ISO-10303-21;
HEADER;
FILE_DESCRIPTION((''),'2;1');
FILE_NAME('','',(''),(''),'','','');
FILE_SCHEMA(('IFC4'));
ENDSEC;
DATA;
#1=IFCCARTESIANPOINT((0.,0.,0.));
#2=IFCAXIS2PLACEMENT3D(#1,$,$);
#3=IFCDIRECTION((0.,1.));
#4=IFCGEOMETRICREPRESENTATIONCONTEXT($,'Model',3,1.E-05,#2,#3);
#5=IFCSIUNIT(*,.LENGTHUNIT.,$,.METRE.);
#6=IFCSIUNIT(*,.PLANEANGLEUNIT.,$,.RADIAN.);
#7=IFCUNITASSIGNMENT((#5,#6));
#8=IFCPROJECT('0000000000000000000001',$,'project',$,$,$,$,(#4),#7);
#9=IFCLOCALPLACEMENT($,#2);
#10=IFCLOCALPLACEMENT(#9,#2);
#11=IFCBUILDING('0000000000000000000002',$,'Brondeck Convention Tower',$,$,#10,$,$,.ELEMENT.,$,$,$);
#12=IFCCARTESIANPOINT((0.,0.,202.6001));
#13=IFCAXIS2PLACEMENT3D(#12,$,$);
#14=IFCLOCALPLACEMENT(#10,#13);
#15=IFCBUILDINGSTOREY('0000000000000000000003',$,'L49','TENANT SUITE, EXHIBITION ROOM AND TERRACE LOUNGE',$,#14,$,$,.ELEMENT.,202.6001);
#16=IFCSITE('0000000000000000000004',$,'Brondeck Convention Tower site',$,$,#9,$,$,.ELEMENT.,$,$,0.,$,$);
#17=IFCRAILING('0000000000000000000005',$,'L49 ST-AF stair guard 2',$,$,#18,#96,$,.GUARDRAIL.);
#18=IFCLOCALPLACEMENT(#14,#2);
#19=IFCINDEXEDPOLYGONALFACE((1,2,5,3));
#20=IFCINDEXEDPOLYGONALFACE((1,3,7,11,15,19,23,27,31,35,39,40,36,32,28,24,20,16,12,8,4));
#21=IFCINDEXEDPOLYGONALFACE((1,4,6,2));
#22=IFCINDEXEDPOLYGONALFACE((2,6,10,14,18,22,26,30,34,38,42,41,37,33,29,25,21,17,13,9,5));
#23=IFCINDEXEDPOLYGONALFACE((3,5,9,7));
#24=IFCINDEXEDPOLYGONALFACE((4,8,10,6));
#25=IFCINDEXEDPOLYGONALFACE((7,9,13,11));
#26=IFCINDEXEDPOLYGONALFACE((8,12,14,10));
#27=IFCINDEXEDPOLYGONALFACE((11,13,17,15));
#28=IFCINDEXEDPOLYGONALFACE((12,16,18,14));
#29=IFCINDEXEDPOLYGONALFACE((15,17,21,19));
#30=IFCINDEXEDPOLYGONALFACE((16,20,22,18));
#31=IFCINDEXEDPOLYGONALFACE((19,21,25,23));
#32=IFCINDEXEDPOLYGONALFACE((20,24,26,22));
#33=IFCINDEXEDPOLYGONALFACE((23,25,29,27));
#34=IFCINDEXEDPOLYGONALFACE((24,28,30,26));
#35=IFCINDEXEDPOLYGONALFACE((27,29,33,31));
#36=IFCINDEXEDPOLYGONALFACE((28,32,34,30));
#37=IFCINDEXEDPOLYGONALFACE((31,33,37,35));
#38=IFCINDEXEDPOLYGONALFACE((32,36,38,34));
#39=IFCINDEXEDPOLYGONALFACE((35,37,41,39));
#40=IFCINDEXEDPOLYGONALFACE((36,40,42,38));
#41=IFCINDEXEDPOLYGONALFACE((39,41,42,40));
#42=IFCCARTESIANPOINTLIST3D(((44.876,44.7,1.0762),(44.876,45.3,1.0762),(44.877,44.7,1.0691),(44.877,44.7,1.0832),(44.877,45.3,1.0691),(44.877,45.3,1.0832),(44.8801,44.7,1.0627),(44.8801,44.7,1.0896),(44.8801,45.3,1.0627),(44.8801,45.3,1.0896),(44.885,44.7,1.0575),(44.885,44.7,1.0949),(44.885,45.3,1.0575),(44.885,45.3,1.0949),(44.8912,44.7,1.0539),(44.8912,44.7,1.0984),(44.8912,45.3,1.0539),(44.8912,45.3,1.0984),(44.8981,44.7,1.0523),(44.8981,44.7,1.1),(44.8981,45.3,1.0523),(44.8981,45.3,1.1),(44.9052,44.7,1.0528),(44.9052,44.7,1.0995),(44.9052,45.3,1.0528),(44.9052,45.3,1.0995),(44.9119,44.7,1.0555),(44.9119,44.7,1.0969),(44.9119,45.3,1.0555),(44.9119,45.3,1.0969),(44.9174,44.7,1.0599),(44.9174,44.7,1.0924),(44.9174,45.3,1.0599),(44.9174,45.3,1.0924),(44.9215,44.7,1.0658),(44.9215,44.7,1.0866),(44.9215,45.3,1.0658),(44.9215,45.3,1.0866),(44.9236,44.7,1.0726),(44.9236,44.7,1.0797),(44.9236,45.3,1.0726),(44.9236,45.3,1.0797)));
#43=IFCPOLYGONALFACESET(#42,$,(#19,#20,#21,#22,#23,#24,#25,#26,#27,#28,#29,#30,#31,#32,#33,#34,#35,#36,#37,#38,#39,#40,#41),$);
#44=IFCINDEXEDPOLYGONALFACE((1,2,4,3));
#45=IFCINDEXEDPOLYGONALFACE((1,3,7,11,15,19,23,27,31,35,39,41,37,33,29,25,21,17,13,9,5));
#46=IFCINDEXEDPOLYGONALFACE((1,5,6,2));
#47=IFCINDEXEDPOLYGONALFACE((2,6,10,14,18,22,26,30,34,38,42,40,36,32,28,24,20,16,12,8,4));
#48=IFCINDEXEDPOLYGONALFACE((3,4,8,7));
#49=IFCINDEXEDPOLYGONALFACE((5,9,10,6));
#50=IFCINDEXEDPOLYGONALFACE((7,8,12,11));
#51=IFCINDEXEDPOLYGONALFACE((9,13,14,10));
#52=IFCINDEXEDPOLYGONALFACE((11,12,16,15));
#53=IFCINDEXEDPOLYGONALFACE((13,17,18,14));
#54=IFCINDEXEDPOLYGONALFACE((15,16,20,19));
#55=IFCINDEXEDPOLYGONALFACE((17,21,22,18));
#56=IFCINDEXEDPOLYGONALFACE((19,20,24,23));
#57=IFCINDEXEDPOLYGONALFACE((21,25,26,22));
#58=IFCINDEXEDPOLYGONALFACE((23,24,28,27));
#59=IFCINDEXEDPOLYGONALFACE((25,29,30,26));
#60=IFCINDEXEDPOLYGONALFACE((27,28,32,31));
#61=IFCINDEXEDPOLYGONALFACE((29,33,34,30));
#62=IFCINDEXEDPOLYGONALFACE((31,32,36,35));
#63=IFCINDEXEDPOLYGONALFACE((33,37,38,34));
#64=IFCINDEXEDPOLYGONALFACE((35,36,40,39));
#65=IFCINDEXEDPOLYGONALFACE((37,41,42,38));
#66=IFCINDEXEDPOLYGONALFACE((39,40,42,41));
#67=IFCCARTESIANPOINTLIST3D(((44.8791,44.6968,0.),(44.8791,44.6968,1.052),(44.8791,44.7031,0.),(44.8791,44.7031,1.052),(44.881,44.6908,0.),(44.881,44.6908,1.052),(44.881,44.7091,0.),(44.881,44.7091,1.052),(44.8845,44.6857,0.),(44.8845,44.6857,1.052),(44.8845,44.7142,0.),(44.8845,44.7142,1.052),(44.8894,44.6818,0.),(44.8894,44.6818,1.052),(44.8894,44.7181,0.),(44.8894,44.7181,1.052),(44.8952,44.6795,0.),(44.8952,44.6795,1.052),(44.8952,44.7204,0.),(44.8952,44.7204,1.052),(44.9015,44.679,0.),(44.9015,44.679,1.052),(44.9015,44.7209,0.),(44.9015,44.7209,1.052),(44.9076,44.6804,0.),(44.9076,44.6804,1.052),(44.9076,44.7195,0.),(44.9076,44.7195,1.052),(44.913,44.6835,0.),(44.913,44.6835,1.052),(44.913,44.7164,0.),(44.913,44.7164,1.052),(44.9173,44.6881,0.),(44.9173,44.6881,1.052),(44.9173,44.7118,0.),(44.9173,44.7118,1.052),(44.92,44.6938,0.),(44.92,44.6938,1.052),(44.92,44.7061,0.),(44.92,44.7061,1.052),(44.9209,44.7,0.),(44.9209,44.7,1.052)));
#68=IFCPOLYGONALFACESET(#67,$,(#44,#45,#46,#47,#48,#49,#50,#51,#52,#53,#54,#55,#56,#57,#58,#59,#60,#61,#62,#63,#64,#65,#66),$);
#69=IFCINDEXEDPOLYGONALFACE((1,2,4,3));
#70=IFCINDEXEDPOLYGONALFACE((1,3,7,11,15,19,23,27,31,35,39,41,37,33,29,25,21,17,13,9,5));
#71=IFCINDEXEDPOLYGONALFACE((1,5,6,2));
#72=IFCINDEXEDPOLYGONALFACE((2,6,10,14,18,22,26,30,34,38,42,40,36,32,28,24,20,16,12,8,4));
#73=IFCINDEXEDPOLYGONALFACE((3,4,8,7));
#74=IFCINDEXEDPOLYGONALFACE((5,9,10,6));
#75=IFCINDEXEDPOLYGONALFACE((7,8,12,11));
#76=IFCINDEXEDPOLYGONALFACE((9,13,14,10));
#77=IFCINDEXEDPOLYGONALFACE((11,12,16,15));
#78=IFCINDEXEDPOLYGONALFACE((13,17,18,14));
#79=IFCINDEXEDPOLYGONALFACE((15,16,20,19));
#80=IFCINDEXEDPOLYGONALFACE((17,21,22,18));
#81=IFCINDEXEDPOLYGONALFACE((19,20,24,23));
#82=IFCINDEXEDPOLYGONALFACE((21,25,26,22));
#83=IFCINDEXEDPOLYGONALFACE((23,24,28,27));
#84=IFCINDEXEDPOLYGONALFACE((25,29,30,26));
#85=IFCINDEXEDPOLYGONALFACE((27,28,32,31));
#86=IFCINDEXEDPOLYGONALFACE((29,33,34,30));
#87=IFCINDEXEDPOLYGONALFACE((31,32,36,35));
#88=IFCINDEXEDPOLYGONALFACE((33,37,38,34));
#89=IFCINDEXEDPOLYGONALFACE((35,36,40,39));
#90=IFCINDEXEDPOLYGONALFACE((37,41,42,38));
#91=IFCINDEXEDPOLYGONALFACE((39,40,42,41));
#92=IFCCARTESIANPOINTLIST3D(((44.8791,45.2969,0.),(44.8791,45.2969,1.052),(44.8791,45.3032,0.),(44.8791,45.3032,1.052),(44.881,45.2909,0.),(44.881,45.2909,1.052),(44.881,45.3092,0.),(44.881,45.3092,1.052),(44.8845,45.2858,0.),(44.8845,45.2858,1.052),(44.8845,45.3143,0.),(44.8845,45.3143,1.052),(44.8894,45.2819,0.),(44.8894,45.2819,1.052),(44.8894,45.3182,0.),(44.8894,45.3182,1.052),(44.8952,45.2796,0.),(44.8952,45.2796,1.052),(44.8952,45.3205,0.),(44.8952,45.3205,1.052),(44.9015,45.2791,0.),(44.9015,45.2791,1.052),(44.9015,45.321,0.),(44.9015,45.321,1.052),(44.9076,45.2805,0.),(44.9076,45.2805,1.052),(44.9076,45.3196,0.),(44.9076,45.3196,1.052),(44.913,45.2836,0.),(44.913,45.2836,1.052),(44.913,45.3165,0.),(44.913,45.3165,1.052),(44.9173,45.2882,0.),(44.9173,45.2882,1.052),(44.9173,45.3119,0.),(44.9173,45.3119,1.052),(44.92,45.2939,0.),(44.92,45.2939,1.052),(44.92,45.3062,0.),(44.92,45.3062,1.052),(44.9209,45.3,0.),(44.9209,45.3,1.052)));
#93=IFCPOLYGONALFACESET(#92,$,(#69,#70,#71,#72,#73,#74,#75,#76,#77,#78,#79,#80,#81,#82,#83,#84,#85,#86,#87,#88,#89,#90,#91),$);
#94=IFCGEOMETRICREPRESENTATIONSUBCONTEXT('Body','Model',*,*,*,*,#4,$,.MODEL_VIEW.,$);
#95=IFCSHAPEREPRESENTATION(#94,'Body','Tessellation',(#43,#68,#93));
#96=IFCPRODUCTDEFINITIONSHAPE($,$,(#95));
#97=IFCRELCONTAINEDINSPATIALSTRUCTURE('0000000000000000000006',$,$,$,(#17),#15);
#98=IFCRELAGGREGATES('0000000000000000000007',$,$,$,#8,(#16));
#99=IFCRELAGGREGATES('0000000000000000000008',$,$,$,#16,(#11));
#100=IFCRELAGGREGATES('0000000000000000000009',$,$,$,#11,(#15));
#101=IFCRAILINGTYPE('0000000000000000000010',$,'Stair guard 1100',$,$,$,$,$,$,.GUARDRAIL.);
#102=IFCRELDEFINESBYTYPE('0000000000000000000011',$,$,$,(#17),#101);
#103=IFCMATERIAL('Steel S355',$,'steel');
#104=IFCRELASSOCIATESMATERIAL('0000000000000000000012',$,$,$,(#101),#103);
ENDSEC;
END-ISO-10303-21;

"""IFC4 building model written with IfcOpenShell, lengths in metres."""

from ifc_helpers import new_model, si_unit, direction, frame, origin, origin_2d, place, context, subcontext, project, spatial, circle, extrude, material, type_object, element, save


model = new_model("IFC4")

# Units and contexts
model_context = context("Model", 3, precision=1e-05, world=origin(), true_north=direction((0.0, 1.0)))
body_context = subcontext(model_context, "Body", "Model", "MODEL_VIEW")
ifc_project = project(units=[si_unit("LENGTHUNIT", "METRE"), si_unit("PLANEANGLEUNIT", "RADIAN")], contexts=[model_context])

# Site, building, storey
site_placement = place(None, origin())
site = spatial("IfcSite", under=ifc_project, at=site_placement, Name="Brondeck Convention Tower site", CompositionType="ELEMENT", RefElevation=0.0)
building_placement = place(site_placement, origin())
building = spatial("IfcBuilding", under=site, at=building_placement, Name="Brondeck Convention Tower", CompositionType="ELEMENT")
storey_placement = place(building_placement, frame((0.0, 0.0, 202.6001)))
storey = spatial("IfcBuildingStorey", under=building, at=storey_placement, Name="L49", Description="TENANT SUITE, EXHIBITION ROOM AND TERRACE LOUNGE", CompositionType="ELEMENT", Elevation=202.6001)

# Shared definitions
ifc_material_1 = material(Name="Steel S355", Category="steel")

# Railing
railing_type_1 = type_object("IfcRailingType", Name="Stair guard 1100", PredefinedType="GUARDRAIL", material=ifc_material_1)
railing_1_placement = place(storey_placement, frame((44.8999, 44.7, 0.0)))
element("IfcRailing", 1, at=railing_1_placement, inside=storey, type_object=railing_type_1, Name="L49 ST-AF stair guard 2", PredefinedType="GUARDRAIL", context=body_context, shape_type="SweptSolid", body=[
    extrude(circle(Radius=0.0239, at=origin_2d()), frame((0.0, 0.0, 1.0762), z_axis=(0.0, 1.0, 0.0), x_axis=(-1.0, 0.0, 0.0)), (0.0, 0.0, 1.0), 0.6001),
    extrude(circle(Radius=0.021, at=origin_2d()), origin(), (0.0, 0.0, 1.0), 1.052),
    extrude(circle(Radius=0.021, at=origin_2d()), frame((0.0, 0.6001, 0.0)), (0.0, 0.0, 1.0), 1.052),
])

save(model, "model.ifc")
